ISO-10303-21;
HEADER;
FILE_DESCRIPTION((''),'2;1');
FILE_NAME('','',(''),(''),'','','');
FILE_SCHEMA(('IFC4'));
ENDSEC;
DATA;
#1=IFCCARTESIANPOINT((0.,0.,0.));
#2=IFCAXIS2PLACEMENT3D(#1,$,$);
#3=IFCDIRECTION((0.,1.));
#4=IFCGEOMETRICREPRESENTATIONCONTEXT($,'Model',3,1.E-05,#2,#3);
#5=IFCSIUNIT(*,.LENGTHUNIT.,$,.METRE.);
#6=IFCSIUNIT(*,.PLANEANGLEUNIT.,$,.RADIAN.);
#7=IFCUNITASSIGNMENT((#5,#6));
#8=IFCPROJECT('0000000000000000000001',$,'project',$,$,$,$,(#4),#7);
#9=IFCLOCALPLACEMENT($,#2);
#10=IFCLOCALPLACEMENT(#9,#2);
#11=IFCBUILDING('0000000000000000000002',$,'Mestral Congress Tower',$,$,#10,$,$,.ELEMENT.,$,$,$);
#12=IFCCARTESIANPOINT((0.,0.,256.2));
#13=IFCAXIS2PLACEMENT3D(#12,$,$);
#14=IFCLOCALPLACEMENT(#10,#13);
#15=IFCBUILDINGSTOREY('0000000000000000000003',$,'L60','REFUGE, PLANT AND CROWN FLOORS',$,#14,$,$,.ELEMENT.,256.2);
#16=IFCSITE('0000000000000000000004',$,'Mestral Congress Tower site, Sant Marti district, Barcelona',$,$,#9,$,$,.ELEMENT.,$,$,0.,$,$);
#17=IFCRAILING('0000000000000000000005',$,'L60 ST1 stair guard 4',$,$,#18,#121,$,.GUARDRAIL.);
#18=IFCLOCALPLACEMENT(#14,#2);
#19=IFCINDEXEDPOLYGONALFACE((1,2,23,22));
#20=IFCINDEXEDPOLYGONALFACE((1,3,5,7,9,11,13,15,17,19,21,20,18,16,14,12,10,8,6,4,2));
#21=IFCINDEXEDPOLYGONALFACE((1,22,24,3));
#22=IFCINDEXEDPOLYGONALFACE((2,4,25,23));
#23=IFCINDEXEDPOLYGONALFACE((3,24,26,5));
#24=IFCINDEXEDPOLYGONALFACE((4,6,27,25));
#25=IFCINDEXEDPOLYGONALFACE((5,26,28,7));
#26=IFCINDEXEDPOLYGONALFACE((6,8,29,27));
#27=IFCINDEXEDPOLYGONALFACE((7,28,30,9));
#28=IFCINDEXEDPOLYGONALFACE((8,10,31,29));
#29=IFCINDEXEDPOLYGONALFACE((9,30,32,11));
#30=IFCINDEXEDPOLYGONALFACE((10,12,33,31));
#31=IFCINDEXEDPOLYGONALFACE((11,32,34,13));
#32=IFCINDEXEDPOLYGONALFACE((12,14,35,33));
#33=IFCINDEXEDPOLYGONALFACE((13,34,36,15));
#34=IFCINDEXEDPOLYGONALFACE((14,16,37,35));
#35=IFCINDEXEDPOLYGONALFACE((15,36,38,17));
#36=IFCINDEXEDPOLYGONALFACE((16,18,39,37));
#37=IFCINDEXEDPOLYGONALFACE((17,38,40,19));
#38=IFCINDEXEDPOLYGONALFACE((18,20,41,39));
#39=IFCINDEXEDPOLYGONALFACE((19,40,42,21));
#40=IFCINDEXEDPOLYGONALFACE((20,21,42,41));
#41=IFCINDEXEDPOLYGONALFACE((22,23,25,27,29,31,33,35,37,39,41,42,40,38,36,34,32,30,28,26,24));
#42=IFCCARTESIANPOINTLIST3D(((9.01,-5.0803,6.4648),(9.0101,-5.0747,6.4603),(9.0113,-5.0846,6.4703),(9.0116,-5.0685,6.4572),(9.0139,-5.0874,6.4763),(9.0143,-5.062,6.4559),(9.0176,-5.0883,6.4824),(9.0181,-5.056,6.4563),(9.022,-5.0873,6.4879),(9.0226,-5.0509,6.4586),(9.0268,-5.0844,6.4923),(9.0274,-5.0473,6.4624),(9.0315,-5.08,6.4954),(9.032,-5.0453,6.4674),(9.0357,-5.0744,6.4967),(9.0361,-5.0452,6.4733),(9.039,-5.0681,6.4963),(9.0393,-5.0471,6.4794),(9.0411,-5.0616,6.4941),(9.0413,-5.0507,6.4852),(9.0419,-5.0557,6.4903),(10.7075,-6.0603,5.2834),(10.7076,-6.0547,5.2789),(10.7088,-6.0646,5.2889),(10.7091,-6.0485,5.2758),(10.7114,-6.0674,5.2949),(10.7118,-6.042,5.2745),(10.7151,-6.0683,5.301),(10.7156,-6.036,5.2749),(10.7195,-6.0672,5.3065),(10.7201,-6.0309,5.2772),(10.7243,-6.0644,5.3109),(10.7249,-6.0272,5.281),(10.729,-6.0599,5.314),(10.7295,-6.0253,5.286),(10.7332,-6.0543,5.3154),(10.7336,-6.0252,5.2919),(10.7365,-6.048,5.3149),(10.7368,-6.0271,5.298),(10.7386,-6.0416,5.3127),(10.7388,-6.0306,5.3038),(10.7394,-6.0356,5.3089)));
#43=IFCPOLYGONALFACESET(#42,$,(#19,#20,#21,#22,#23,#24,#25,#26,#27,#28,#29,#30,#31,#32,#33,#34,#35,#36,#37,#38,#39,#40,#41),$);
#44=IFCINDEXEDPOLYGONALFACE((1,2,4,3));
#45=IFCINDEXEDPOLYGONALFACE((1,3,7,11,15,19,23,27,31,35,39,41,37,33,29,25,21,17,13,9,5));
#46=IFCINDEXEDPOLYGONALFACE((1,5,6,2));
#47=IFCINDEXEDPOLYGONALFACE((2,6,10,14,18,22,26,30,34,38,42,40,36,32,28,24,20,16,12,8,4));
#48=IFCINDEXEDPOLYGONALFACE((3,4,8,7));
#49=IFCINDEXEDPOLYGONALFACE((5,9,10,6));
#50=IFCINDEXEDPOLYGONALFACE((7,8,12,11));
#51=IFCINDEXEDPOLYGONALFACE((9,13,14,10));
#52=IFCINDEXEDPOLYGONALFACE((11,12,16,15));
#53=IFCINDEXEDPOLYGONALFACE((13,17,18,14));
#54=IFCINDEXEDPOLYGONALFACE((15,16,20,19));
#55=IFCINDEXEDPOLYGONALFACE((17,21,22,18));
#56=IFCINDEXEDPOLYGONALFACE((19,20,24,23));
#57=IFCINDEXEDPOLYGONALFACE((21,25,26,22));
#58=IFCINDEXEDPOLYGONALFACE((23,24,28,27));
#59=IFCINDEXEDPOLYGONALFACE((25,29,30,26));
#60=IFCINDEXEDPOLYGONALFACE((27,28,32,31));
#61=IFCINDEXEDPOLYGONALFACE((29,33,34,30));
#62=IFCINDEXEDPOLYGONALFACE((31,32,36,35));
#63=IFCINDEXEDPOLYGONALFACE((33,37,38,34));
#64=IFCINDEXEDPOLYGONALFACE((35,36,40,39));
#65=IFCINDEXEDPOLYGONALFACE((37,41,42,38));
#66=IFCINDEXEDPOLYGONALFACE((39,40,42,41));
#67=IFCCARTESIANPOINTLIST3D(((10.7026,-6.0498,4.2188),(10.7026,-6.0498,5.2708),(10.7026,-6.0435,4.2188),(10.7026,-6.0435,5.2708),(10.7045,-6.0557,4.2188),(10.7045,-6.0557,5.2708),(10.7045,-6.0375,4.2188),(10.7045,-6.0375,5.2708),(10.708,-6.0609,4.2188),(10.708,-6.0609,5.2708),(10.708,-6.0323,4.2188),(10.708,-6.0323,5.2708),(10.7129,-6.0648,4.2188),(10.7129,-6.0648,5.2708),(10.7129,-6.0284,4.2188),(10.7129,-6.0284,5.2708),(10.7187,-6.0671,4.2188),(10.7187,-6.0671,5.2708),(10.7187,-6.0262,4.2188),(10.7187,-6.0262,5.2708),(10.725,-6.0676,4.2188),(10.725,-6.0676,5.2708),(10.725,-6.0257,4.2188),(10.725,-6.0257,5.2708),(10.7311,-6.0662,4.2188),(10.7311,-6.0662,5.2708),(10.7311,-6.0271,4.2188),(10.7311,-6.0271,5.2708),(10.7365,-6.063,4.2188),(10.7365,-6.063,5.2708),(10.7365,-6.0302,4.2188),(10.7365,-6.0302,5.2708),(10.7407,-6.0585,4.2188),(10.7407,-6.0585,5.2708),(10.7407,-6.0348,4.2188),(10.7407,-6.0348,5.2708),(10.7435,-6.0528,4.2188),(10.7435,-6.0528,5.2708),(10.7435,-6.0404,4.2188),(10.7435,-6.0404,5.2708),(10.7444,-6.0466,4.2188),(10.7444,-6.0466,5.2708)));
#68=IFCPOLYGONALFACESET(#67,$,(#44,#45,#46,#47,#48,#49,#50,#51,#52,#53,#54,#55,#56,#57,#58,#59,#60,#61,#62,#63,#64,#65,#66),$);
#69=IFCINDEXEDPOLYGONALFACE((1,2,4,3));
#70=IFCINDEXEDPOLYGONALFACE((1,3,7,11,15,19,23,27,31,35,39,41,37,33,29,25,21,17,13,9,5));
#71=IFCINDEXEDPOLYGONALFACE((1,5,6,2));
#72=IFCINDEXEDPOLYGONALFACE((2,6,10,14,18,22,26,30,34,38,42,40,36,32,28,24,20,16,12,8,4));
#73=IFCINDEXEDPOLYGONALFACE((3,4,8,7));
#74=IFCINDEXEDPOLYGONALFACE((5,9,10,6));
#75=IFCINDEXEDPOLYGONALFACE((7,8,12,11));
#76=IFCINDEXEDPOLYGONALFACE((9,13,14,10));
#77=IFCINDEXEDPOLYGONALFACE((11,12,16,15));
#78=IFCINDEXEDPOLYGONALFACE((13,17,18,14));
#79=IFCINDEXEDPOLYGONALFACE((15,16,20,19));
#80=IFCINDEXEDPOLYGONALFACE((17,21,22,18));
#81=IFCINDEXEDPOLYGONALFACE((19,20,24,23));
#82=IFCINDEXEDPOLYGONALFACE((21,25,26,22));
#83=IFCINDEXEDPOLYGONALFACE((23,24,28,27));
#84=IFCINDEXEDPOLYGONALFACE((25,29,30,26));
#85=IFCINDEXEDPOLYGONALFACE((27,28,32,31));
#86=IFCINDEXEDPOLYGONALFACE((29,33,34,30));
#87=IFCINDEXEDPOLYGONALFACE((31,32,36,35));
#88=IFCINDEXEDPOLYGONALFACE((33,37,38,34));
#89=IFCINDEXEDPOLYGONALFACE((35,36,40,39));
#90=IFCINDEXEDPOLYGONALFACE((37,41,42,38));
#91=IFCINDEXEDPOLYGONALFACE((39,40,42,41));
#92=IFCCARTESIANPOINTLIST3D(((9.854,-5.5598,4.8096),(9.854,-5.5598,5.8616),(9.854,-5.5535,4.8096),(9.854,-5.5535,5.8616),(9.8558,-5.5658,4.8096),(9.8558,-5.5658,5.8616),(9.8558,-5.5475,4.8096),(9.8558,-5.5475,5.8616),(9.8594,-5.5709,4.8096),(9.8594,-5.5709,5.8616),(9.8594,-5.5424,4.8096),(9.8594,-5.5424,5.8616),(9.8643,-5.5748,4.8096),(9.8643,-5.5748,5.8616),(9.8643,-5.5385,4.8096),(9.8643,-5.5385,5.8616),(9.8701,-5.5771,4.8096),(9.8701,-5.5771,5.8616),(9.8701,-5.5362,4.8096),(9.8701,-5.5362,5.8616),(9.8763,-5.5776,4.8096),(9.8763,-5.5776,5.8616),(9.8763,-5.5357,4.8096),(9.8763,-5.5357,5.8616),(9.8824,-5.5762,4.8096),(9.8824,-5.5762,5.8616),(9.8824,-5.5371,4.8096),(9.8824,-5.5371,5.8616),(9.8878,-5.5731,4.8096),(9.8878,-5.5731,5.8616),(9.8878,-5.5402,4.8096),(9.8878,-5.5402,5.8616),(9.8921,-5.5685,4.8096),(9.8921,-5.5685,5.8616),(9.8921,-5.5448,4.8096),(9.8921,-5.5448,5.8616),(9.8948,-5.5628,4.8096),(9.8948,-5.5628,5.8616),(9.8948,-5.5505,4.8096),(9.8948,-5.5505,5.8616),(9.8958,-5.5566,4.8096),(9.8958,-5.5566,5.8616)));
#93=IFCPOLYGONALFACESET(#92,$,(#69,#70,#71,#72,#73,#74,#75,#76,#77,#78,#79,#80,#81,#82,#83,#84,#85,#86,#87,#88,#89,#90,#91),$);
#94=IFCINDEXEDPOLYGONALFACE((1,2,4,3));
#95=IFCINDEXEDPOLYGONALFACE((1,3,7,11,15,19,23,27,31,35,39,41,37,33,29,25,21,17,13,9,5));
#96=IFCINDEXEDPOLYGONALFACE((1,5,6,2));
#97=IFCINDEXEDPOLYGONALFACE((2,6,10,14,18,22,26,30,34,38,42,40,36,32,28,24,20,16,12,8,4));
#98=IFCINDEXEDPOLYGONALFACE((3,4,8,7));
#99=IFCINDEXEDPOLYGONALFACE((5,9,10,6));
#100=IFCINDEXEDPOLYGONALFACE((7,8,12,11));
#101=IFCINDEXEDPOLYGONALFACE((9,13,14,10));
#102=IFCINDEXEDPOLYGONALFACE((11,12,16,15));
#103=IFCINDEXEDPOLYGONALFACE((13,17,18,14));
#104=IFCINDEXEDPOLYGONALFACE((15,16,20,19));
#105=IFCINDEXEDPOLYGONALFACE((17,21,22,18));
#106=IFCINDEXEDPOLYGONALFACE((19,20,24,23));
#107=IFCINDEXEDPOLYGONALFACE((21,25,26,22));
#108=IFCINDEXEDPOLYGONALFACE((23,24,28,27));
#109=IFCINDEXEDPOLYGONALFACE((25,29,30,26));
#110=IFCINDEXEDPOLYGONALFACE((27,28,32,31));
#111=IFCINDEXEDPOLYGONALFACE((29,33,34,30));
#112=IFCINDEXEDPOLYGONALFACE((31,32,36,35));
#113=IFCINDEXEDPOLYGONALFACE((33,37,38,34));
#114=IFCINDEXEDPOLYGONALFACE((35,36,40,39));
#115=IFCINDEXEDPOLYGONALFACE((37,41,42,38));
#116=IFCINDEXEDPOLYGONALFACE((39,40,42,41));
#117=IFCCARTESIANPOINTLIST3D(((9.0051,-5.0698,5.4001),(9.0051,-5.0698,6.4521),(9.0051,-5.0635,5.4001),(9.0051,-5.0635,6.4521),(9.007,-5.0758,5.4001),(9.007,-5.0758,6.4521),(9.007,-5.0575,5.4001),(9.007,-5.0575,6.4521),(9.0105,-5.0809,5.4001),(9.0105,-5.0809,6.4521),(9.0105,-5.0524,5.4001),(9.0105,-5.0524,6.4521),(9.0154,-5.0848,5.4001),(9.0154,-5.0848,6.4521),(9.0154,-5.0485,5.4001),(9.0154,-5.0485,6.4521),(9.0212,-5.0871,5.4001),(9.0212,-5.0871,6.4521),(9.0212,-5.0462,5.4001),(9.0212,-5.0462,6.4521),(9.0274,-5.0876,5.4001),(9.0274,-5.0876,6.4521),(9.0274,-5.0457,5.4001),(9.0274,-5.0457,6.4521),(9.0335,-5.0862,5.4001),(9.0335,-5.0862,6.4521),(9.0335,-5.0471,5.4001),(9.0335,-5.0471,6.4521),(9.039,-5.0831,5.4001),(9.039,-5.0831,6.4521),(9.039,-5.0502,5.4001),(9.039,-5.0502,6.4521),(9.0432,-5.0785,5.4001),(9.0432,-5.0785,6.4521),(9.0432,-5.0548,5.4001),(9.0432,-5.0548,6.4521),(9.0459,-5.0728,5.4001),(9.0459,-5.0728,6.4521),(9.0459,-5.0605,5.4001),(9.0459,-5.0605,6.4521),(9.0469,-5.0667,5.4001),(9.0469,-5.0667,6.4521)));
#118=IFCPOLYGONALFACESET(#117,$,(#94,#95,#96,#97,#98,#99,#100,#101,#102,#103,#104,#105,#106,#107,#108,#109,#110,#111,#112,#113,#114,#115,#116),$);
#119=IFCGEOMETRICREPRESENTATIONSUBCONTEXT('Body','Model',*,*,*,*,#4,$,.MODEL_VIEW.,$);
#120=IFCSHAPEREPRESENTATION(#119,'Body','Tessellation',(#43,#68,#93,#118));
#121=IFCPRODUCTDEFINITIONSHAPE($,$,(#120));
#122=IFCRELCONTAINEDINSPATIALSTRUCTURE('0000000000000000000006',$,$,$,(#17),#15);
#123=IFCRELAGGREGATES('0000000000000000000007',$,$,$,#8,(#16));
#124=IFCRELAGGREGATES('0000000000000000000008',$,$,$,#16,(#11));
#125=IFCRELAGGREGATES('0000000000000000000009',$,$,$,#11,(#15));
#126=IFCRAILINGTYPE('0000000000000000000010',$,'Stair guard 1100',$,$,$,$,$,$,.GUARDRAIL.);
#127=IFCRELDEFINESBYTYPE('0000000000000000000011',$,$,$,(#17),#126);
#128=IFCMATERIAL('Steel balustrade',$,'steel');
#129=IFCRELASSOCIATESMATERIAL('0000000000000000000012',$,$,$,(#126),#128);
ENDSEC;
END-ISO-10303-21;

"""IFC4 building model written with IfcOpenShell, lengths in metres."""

from ifc_helpers import new_model, si_unit, direction, frame, origin, origin_2d, place, context, subcontext, project, spatial, circle, extrude, material, type_object, element, save


model = new_model("IFC4")

# Units and contexts
model_context = context("Model", 3, precision=1e-05, world=origin(), true_north=direction((0.0, 1.0)))
body_context = subcontext(model_context, "Body", "Model", "MODEL_VIEW")
ifc_project = project(units=[si_unit("LENGTHUNIT", "METRE"), si_unit("PLANEANGLEUNIT", "RADIAN")], contexts=[model_context])

# Site, building, storey
site_placement = place(None, origin())
site = spatial("IfcSite", under=ifc_project, at=site_placement, Name="Mestral Congress Tower site, Sant Marti district, Barcelona", CompositionType="ELEMENT", RefElevation=0.0)
building_placement = place(site_placement, origin())
building = spatial("IfcBuilding", under=site, at=building_placement, Name="Mestral Congress Tower", CompositionType="ELEMENT")
storey_placement = place(building_placement, frame((0.0, 0.0, 256.2)))
storey = spatial("IfcBuildingStorey", under=building, at=storey_placement, Name="L60", Description="REFUGE, PLANT AND CROWN FLOORS", CompositionType="ELEMENT", Elevation=256.2)

# Railing
ifc_material_1 = material(Name="Steel balustrade", Category="steel")
railing_type_1 = type_object("IfcRailingType", Name="Stair guard 1100", PredefinedType="GUARDRAIL", material=ifc_material_1)
railing_1_placement = place(storey_placement, frame((10.7234, -6.0466, 4.2188)))
element("IfcRailing", 1, at=railing_1_placement, inside=storey, type_object=railing_type_1, Name="L60 ST1 stair guard 4", PredefinedType="GUARDRAIL", context=body_context, shape_type="SweptSolid", body=[
    extrude(circle(Radius=0.0239, at=origin_2d()), frame((0.0, 0.0, 1.0762), z_axis=(-0.741731, 0.428205, 0.516214), x_axis=(-0.49997, -0.866042, 0.0)), (0.0, 0.0, 1.0), 2.2886),
    extrude(circle(Radius=0.021, at=origin_2d()), origin(), (0.0, 0.0, 1.0), 1.052),
    extrude(circle(Radius=0.021, at=origin_2d()), frame((-0.8486, 0.49, 0.5908)), (0.0, 0.0, 1.0), 1.052),
    extrude(circle(Radius=0.021, at=origin_2d()), frame((-1.6975, 0.98, 1.1814)), (0.0, 0.0, 1.0), 1.052),
])

save(model, "model.ifc")
